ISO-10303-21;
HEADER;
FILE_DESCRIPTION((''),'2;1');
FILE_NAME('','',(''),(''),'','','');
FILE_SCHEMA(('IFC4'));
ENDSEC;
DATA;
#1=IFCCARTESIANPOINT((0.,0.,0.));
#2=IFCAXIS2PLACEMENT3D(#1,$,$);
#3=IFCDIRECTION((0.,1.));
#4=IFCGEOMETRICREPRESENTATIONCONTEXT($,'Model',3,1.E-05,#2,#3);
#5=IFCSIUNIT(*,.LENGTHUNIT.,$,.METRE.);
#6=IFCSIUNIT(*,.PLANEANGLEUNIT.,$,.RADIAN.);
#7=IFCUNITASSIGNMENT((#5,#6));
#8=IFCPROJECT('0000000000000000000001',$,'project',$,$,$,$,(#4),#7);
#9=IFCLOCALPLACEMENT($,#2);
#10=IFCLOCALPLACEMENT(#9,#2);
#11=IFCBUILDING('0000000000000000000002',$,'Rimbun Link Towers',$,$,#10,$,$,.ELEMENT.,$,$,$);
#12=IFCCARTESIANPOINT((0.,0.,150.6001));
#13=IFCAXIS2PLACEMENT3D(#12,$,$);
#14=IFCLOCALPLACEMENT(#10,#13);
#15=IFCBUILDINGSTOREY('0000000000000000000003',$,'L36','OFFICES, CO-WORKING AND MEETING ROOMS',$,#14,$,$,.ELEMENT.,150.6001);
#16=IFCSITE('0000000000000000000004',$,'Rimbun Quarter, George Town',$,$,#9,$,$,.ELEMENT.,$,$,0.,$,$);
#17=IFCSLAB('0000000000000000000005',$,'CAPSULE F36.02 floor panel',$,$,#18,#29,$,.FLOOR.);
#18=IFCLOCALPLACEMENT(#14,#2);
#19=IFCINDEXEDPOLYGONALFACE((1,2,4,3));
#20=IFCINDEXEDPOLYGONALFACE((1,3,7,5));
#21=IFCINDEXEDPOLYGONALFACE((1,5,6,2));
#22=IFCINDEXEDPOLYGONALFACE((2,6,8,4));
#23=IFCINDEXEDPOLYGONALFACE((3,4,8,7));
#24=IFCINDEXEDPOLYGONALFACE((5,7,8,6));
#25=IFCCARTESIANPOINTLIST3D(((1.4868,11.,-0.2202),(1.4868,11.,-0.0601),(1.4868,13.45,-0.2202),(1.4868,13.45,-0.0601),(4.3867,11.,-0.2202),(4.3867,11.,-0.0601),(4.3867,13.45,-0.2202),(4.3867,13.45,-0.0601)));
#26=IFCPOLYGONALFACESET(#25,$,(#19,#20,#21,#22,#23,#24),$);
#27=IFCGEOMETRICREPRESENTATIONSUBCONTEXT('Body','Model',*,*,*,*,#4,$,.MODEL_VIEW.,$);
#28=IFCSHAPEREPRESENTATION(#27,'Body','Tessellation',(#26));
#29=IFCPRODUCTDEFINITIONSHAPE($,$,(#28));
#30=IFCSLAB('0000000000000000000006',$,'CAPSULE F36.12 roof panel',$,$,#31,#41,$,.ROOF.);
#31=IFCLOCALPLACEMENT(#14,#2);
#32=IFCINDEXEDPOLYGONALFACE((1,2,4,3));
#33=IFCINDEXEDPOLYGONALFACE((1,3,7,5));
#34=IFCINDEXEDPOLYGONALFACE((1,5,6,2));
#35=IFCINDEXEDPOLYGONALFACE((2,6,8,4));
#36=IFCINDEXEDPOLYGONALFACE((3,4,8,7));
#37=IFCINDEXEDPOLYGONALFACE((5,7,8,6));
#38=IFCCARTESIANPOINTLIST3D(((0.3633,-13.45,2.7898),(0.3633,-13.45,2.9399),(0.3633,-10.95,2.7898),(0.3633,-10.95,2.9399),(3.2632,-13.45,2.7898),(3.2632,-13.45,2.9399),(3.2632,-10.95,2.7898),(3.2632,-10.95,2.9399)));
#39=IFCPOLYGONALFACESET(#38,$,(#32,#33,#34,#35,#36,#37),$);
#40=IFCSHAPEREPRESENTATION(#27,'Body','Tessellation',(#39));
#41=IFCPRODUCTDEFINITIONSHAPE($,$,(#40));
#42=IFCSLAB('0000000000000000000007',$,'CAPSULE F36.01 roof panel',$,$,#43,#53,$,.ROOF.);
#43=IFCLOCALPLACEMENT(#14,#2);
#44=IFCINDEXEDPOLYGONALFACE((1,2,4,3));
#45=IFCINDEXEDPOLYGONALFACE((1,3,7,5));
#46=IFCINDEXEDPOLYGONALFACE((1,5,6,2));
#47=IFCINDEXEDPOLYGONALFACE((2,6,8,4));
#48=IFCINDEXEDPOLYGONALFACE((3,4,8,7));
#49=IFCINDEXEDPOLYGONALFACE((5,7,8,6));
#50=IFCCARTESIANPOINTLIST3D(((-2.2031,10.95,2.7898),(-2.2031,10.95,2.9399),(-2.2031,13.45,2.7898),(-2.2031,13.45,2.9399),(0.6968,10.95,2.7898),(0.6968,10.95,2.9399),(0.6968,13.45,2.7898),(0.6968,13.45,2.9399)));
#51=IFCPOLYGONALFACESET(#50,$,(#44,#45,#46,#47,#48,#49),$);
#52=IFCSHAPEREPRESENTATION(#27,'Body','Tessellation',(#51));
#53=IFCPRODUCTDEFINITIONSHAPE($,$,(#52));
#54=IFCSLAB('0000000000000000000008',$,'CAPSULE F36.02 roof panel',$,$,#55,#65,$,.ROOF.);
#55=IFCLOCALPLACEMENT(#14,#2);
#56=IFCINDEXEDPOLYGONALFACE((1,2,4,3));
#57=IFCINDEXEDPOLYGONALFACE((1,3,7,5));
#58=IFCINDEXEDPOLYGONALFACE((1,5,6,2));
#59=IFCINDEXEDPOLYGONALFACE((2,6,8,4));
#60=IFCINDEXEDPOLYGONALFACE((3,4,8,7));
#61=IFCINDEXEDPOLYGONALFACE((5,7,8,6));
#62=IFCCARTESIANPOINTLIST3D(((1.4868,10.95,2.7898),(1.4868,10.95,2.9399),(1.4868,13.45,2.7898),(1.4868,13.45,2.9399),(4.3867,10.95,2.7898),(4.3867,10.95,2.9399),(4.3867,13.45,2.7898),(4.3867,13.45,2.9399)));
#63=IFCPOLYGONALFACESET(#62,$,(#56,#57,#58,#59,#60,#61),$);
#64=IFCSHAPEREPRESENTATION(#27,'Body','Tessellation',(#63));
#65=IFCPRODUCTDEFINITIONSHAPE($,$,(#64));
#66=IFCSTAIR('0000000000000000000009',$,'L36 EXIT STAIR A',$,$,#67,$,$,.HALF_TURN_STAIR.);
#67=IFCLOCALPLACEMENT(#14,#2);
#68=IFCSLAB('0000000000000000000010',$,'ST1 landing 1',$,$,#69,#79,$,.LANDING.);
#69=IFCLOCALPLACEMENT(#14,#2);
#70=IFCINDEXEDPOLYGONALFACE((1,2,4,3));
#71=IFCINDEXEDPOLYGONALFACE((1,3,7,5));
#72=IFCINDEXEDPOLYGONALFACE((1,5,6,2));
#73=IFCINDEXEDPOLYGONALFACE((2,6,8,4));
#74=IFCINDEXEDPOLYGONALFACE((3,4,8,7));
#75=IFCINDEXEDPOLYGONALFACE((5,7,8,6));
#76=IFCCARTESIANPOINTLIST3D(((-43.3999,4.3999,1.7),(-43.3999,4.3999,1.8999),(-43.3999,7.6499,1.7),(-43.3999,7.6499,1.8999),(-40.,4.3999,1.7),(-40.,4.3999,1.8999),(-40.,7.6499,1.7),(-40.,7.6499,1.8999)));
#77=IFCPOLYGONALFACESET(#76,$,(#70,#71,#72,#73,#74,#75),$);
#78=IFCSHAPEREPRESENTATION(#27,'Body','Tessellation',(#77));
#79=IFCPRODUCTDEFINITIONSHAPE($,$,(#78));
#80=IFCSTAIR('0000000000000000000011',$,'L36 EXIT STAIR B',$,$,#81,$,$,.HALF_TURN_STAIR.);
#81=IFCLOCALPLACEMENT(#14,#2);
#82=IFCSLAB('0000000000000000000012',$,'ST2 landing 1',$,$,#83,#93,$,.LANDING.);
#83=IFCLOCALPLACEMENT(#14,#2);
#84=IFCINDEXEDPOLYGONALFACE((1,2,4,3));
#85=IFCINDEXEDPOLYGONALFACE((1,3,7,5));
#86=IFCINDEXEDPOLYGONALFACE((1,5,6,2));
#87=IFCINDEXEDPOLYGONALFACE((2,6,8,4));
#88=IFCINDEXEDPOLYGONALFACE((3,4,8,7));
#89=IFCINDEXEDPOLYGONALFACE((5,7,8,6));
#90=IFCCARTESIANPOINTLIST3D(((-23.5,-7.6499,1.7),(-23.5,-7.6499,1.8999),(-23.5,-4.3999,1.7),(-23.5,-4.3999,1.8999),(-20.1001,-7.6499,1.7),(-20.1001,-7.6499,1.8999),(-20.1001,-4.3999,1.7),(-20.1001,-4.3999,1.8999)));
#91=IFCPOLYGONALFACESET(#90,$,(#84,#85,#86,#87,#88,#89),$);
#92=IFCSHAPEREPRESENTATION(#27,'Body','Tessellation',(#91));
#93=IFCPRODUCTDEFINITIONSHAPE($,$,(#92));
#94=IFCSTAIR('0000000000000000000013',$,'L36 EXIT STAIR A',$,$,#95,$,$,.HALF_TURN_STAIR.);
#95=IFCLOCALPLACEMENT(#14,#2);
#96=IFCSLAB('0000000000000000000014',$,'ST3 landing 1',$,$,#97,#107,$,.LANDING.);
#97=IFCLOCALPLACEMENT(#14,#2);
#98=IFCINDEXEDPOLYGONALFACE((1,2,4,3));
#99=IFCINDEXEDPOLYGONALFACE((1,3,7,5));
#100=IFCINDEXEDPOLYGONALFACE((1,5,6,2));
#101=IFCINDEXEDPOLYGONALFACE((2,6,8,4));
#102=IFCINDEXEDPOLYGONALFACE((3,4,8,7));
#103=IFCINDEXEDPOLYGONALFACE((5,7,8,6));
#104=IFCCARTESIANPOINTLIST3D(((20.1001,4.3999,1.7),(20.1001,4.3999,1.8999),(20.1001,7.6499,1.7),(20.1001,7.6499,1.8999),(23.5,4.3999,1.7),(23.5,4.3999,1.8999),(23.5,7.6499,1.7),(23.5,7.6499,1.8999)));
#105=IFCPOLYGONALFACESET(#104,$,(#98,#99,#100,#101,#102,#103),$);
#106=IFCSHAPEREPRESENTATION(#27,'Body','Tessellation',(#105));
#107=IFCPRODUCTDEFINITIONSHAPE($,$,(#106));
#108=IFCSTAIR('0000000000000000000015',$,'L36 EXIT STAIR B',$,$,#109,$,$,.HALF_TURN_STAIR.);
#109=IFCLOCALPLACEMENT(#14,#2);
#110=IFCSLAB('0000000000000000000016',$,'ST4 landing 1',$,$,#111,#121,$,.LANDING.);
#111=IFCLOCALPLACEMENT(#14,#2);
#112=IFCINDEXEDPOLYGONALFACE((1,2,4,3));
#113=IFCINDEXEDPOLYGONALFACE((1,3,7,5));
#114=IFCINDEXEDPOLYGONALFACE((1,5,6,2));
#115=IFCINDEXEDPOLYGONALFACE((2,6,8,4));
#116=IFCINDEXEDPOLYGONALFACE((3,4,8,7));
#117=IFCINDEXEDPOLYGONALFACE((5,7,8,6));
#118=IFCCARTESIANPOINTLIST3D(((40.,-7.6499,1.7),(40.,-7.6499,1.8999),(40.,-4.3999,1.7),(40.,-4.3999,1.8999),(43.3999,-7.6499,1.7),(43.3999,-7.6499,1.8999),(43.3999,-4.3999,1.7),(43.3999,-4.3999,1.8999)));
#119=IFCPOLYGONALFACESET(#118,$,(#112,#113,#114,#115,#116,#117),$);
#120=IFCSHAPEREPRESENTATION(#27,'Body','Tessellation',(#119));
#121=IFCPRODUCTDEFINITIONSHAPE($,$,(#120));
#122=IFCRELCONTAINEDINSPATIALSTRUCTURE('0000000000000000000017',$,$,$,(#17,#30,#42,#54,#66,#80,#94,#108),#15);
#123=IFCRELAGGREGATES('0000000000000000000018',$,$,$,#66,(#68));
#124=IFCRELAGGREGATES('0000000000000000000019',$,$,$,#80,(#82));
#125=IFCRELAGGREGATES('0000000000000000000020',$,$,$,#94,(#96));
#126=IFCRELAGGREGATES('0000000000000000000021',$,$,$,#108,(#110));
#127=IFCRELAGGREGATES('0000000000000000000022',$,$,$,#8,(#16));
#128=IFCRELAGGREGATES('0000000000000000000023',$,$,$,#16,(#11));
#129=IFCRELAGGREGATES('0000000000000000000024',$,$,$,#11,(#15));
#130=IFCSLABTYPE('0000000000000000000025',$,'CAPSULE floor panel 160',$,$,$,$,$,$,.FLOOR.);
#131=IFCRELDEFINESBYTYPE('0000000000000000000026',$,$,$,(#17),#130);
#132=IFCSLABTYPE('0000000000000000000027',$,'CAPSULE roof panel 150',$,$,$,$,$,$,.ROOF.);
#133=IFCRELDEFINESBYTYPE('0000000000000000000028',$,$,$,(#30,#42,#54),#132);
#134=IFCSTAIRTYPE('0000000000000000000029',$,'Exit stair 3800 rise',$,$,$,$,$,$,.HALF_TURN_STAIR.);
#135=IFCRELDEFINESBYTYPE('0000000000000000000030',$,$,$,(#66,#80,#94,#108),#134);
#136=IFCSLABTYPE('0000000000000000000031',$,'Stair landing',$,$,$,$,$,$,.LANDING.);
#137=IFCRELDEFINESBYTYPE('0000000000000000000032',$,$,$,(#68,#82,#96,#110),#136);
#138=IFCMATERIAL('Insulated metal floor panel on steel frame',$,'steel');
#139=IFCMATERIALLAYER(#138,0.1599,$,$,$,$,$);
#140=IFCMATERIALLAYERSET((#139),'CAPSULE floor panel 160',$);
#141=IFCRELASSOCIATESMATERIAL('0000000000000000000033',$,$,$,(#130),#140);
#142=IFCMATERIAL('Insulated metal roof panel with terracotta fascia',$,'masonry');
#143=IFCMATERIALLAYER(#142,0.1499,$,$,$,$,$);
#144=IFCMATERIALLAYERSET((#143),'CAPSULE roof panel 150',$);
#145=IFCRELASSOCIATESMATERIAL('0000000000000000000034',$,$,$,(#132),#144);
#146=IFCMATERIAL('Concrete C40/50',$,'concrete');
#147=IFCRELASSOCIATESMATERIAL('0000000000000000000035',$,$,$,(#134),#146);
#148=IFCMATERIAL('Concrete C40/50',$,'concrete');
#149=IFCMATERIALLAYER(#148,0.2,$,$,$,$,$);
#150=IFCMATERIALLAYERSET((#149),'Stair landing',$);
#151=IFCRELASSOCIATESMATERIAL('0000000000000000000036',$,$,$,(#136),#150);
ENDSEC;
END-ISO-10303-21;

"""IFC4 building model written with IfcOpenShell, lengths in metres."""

from ifc_helpers import new_model, si_unit, direction, frame, origin, place, context, subcontext, project, spatial, polyline, outline, extrude, material, layer, layer_set, type_object, element, aggregate, save


model = new_model("IFC4")

# Units and contexts
model_context = context("Model", 3, precision=1e-05, world=origin(), true_north=direction((0.0, 1.0)))
body_context = subcontext(model_context, "Body", "Model", "MODEL_VIEW")
ifc_project = project(units=[si_unit("LENGTHUNIT", "METRE"), si_unit("PLANEANGLEUNIT", "RADIAN")], contexts=[model_context])

# Site, building, storey
site_placement = place(None, origin())
site = spatial("IfcSite", under=ifc_project, at=site_placement, Name="Rimbun Quarter, George Town", CompositionType="ELEMENT", RefElevation=0.0)
building_placement = place(site_placement, origin())
building = spatial("IfcBuilding", under=site, at=building_placement, Name="Rimbun Link Towers", CompositionType="ELEMENT")
storey_placement = place(building_placement, frame((0.0, 0.0, 150.6001)))
storey = spatial("IfcBuildingStorey", under=building, at=storey_placement, Name="L36", Description="OFFICES, CO-WORKING AND MEETING ROOMS", CompositionType="ELEMENT", Elevation=150.6001)

# Slabs
ifc_material_1 = material(Name="Insulated metal floor panel on steel frame", Category="steel")
ifc_layer_1 = layer(ifc_material_1, 0.1599)
ifc_layer_set_1 = layer_set([ifc_layer_1], Name="CAPSULE floor panel 160")
slab_type_1 = type_object("IfcSlabType", Name="CAPSULE floor panel 160", PredefinedType="FLOOR", material=ifc_layer_set_1)
slab_1_placement = place(storey_placement, frame((0.0, 0.0, -0.2202)))
element("IfcSlab", 1, at=slab_1_placement, inside=storey, type_object=slab_type_1, Name="CAPSULE F36.02 floor panel", PredefinedType="FLOOR", context=body_context, shape_type="SweptSolid", body=[
    extrude(outline(polyline([(1.4868, 11.0), (4.3867, 11.0), (4.3867, 13.45), (1.4868, 13.45), (1.4868, 11.0)])), origin(), (0.0, 0.0, 1.0), 0.1602),
])
ifc_material_2 = material(Name="Insulated metal roof panel with terracotta fascia", Category="masonry")
ifc_layer_2 = layer(ifc_material_2, 0.1499)
ifc_layer_set_2 = layer_set([ifc_layer_2], Name="CAPSULE roof panel 150")
slab_type_2 = type_object("IfcSlabType", Name="CAPSULE roof panel 150", PredefinedType="ROOF", material=ifc_layer_set_2)
slab_2_placement = place(storey_placement, frame((0.0, 0.0, 2.7898)))
element("IfcSlab", 2, at=slab_2_placement, inside=storey, type_object=slab_type_2, Name="CAPSULE F36.12 roof panel", PredefinedType="ROOF", context=body_context, shape_type="SweptSolid", body=[
    extrude(outline(polyline([(0.3633, -13.45), (3.2632, -13.45), (3.2632, -10.95), (0.3633, -10.95), (0.3633, -13.45)])), origin(), (0.0, 0.0, 1.0), 0.1501),
])
slab_3_placement = place(storey_placement, frame((0.0, 0.0, 2.7898)))
element("IfcSlab", 3, at=slab_3_placement, inside=storey, type_object=slab_type_2, Name="CAPSULE F36.01 roof panel", PredefinedType="ROOF", context=body_context, shape_type="SweptSolid", body=[
    extrude(outline(polyline([(0.6968, 13.45), (-2.2031, 13.45), (-2.2031, 10.95), (0.6968, 10.95), (0.6968, 13.45)])), origin(), (0.0, 0.0, 1.0), 0.1501),
])
slab_4_placement = place(storey_placement, frame((0.0, 0.0, 2.7898)))
element("IfcSlab", 4, at=slab_4_placement, inside=storey, type_object=slab_type_2, Name="CAPSULE F36.02 roof panel", PredefinedType="ROOF", context=body_context, shape_type="SweptSolid", body=[
    extrude(outline(polyline([(4.3867, 13.45), (1.4868, 13.45), (1.4868, 10.95), (4.3867, 10.95), (4.3867, 13.45)])), origin(), (0.0, 0.0, 1.0), 0.1501),
])

# Stairs, slabs
ifc_material_3 = material(Name="Concrete C40/50", Category="concrete")
stair_type = type_object("IfcStairType", Name="Exit stair 3800 rise", PredefinedType="HALF_TURN_STAIR", material=ifc_material_3)
stair_1_placement = place(storey_placement, origin())
stair_1 = element("IfcStair", 5, at=stair_1_placement, inside=storey, type_object=stair_type, Name="L36 EXIT STAIR A", PredefinedType="HALF_TURN_STAIR")
ifc_material_4 = material(Name="Concrete C40/50", Category="concrete")
ifc_layer_3 = layer(ifc_material_4, 0.2)
ifc_layer_set_3 = layer_set([ifc_layer_3], Name="Stair landing")
slab_type_3 = type_object("IfcSlabType", Name="Stair landing", PredefinedType="LANDING", material=ifc_layer_set_3)
slab_5_placement = place(storey_placement, frame((0.0, 0.0, 1.7)))
slab_5 = element("IfcSlab", 6, at=slab_5_placement, type_object=slab_type_3, Name="ST1 landing 1", PredefinedType="LANDING", context=body_context, shape_type="SweptSolid", body=[
    extrude(outline(polyline([(-40.0, 7.6499), (-43.3999, 7.6499), (-43.3999, 4.3999), (-40.0, 4.3999), (-40.0, 7.6499)])), origin(), (0.0, 0.0, 1.0), 0.2),
])
aggregate(stair_1, [slab_5])
stair_2_placement = place(storey_placement, origin())
stair_2 = element("IfcStair", 7, at=stair_2_placement, inside=storey, type_object=stair_type, Name="L36 EXIT STAIR B", PredefinedType="HALF_TURN_STAIR")
slab_6_placement = place(storey_placement, frame((0.0, 0.0, 1.7)))
slab_6 = element("IfcSlab", 8, at=slab_6_placement, type_object=slab_type_3, Name="ST2 landing 1", PredefinedType="LANDING", context=body_context, shape_type="SweptSolid", body=[
    extrude(outline(polyline([(-23.5, -7.6499), (-20.1001, -7.6499), (-20.1001, -4.3999), (-23.5, -4.3999), (-23.5, -7.6499)])), origin(), (0.0, 0.0, 1.0), 0.2),
])
aggregate(stair_2, [slab_6])
stair_3_placement = place(storey_placement, origin())
stair_3 = element("IfcStair", 9, at=stair_3_placement, inside=storey, type_object=stair_type, Name="L36 EXIT STAIR A", PredefinedType="HALF_TURN_STAIR")
slab_7_placement = place(storey_placement, frame((0.0, 0.0, 1.7)))
slab_7 = element("IfcSlab", 10, at=slab_7_placement, type_object=slab_type_3, Name="ST3 landing 1", PredefinedType="LANDING", context=body_context, shape_type="SweptSolid", body=[
    extrude(outline(polyline([(23.5, 7.6499), (20.1001, 7.6499), (20.1001, 4.3999), (23.5, 4.3999), (23.5, 7.6499)])), origin(), (0.0, 0.0, 1.0), 0.2),
])
aggregate(stair_3, [slab_7])
stair_4_placement = place(storey_placement, origin())
stair_4 = element("IfcStair", 11, at=stair_4_placement, inside=storey, type_object=stair_type, Name="L36 EXIT STAIR B", PredefinedType="HALF_TURN_STAIR")
slab_8_placement = place(storey_placement, frame((0.0, 0.0, 1.7)))
slab_8 = element("IfcSlab", 12, at=slab_8_placement, type_object=slab_type_3, Name="ST4 landing 1", PredefinedType="LANDING", context=body_context, shape_type="SweptSolid", body=[
    extrude(outline(polyline([(40.0, -7.6499), (43.3999, -7.6499), (43.3999, -4.3999), (40.0, -4.3999), (40.0, -7.6499)])), origin(), (0.0, 0.0, 1.0), 0.2),
])
aggregate(stair_4, [slab_8])

save(model, "model.ifc")
